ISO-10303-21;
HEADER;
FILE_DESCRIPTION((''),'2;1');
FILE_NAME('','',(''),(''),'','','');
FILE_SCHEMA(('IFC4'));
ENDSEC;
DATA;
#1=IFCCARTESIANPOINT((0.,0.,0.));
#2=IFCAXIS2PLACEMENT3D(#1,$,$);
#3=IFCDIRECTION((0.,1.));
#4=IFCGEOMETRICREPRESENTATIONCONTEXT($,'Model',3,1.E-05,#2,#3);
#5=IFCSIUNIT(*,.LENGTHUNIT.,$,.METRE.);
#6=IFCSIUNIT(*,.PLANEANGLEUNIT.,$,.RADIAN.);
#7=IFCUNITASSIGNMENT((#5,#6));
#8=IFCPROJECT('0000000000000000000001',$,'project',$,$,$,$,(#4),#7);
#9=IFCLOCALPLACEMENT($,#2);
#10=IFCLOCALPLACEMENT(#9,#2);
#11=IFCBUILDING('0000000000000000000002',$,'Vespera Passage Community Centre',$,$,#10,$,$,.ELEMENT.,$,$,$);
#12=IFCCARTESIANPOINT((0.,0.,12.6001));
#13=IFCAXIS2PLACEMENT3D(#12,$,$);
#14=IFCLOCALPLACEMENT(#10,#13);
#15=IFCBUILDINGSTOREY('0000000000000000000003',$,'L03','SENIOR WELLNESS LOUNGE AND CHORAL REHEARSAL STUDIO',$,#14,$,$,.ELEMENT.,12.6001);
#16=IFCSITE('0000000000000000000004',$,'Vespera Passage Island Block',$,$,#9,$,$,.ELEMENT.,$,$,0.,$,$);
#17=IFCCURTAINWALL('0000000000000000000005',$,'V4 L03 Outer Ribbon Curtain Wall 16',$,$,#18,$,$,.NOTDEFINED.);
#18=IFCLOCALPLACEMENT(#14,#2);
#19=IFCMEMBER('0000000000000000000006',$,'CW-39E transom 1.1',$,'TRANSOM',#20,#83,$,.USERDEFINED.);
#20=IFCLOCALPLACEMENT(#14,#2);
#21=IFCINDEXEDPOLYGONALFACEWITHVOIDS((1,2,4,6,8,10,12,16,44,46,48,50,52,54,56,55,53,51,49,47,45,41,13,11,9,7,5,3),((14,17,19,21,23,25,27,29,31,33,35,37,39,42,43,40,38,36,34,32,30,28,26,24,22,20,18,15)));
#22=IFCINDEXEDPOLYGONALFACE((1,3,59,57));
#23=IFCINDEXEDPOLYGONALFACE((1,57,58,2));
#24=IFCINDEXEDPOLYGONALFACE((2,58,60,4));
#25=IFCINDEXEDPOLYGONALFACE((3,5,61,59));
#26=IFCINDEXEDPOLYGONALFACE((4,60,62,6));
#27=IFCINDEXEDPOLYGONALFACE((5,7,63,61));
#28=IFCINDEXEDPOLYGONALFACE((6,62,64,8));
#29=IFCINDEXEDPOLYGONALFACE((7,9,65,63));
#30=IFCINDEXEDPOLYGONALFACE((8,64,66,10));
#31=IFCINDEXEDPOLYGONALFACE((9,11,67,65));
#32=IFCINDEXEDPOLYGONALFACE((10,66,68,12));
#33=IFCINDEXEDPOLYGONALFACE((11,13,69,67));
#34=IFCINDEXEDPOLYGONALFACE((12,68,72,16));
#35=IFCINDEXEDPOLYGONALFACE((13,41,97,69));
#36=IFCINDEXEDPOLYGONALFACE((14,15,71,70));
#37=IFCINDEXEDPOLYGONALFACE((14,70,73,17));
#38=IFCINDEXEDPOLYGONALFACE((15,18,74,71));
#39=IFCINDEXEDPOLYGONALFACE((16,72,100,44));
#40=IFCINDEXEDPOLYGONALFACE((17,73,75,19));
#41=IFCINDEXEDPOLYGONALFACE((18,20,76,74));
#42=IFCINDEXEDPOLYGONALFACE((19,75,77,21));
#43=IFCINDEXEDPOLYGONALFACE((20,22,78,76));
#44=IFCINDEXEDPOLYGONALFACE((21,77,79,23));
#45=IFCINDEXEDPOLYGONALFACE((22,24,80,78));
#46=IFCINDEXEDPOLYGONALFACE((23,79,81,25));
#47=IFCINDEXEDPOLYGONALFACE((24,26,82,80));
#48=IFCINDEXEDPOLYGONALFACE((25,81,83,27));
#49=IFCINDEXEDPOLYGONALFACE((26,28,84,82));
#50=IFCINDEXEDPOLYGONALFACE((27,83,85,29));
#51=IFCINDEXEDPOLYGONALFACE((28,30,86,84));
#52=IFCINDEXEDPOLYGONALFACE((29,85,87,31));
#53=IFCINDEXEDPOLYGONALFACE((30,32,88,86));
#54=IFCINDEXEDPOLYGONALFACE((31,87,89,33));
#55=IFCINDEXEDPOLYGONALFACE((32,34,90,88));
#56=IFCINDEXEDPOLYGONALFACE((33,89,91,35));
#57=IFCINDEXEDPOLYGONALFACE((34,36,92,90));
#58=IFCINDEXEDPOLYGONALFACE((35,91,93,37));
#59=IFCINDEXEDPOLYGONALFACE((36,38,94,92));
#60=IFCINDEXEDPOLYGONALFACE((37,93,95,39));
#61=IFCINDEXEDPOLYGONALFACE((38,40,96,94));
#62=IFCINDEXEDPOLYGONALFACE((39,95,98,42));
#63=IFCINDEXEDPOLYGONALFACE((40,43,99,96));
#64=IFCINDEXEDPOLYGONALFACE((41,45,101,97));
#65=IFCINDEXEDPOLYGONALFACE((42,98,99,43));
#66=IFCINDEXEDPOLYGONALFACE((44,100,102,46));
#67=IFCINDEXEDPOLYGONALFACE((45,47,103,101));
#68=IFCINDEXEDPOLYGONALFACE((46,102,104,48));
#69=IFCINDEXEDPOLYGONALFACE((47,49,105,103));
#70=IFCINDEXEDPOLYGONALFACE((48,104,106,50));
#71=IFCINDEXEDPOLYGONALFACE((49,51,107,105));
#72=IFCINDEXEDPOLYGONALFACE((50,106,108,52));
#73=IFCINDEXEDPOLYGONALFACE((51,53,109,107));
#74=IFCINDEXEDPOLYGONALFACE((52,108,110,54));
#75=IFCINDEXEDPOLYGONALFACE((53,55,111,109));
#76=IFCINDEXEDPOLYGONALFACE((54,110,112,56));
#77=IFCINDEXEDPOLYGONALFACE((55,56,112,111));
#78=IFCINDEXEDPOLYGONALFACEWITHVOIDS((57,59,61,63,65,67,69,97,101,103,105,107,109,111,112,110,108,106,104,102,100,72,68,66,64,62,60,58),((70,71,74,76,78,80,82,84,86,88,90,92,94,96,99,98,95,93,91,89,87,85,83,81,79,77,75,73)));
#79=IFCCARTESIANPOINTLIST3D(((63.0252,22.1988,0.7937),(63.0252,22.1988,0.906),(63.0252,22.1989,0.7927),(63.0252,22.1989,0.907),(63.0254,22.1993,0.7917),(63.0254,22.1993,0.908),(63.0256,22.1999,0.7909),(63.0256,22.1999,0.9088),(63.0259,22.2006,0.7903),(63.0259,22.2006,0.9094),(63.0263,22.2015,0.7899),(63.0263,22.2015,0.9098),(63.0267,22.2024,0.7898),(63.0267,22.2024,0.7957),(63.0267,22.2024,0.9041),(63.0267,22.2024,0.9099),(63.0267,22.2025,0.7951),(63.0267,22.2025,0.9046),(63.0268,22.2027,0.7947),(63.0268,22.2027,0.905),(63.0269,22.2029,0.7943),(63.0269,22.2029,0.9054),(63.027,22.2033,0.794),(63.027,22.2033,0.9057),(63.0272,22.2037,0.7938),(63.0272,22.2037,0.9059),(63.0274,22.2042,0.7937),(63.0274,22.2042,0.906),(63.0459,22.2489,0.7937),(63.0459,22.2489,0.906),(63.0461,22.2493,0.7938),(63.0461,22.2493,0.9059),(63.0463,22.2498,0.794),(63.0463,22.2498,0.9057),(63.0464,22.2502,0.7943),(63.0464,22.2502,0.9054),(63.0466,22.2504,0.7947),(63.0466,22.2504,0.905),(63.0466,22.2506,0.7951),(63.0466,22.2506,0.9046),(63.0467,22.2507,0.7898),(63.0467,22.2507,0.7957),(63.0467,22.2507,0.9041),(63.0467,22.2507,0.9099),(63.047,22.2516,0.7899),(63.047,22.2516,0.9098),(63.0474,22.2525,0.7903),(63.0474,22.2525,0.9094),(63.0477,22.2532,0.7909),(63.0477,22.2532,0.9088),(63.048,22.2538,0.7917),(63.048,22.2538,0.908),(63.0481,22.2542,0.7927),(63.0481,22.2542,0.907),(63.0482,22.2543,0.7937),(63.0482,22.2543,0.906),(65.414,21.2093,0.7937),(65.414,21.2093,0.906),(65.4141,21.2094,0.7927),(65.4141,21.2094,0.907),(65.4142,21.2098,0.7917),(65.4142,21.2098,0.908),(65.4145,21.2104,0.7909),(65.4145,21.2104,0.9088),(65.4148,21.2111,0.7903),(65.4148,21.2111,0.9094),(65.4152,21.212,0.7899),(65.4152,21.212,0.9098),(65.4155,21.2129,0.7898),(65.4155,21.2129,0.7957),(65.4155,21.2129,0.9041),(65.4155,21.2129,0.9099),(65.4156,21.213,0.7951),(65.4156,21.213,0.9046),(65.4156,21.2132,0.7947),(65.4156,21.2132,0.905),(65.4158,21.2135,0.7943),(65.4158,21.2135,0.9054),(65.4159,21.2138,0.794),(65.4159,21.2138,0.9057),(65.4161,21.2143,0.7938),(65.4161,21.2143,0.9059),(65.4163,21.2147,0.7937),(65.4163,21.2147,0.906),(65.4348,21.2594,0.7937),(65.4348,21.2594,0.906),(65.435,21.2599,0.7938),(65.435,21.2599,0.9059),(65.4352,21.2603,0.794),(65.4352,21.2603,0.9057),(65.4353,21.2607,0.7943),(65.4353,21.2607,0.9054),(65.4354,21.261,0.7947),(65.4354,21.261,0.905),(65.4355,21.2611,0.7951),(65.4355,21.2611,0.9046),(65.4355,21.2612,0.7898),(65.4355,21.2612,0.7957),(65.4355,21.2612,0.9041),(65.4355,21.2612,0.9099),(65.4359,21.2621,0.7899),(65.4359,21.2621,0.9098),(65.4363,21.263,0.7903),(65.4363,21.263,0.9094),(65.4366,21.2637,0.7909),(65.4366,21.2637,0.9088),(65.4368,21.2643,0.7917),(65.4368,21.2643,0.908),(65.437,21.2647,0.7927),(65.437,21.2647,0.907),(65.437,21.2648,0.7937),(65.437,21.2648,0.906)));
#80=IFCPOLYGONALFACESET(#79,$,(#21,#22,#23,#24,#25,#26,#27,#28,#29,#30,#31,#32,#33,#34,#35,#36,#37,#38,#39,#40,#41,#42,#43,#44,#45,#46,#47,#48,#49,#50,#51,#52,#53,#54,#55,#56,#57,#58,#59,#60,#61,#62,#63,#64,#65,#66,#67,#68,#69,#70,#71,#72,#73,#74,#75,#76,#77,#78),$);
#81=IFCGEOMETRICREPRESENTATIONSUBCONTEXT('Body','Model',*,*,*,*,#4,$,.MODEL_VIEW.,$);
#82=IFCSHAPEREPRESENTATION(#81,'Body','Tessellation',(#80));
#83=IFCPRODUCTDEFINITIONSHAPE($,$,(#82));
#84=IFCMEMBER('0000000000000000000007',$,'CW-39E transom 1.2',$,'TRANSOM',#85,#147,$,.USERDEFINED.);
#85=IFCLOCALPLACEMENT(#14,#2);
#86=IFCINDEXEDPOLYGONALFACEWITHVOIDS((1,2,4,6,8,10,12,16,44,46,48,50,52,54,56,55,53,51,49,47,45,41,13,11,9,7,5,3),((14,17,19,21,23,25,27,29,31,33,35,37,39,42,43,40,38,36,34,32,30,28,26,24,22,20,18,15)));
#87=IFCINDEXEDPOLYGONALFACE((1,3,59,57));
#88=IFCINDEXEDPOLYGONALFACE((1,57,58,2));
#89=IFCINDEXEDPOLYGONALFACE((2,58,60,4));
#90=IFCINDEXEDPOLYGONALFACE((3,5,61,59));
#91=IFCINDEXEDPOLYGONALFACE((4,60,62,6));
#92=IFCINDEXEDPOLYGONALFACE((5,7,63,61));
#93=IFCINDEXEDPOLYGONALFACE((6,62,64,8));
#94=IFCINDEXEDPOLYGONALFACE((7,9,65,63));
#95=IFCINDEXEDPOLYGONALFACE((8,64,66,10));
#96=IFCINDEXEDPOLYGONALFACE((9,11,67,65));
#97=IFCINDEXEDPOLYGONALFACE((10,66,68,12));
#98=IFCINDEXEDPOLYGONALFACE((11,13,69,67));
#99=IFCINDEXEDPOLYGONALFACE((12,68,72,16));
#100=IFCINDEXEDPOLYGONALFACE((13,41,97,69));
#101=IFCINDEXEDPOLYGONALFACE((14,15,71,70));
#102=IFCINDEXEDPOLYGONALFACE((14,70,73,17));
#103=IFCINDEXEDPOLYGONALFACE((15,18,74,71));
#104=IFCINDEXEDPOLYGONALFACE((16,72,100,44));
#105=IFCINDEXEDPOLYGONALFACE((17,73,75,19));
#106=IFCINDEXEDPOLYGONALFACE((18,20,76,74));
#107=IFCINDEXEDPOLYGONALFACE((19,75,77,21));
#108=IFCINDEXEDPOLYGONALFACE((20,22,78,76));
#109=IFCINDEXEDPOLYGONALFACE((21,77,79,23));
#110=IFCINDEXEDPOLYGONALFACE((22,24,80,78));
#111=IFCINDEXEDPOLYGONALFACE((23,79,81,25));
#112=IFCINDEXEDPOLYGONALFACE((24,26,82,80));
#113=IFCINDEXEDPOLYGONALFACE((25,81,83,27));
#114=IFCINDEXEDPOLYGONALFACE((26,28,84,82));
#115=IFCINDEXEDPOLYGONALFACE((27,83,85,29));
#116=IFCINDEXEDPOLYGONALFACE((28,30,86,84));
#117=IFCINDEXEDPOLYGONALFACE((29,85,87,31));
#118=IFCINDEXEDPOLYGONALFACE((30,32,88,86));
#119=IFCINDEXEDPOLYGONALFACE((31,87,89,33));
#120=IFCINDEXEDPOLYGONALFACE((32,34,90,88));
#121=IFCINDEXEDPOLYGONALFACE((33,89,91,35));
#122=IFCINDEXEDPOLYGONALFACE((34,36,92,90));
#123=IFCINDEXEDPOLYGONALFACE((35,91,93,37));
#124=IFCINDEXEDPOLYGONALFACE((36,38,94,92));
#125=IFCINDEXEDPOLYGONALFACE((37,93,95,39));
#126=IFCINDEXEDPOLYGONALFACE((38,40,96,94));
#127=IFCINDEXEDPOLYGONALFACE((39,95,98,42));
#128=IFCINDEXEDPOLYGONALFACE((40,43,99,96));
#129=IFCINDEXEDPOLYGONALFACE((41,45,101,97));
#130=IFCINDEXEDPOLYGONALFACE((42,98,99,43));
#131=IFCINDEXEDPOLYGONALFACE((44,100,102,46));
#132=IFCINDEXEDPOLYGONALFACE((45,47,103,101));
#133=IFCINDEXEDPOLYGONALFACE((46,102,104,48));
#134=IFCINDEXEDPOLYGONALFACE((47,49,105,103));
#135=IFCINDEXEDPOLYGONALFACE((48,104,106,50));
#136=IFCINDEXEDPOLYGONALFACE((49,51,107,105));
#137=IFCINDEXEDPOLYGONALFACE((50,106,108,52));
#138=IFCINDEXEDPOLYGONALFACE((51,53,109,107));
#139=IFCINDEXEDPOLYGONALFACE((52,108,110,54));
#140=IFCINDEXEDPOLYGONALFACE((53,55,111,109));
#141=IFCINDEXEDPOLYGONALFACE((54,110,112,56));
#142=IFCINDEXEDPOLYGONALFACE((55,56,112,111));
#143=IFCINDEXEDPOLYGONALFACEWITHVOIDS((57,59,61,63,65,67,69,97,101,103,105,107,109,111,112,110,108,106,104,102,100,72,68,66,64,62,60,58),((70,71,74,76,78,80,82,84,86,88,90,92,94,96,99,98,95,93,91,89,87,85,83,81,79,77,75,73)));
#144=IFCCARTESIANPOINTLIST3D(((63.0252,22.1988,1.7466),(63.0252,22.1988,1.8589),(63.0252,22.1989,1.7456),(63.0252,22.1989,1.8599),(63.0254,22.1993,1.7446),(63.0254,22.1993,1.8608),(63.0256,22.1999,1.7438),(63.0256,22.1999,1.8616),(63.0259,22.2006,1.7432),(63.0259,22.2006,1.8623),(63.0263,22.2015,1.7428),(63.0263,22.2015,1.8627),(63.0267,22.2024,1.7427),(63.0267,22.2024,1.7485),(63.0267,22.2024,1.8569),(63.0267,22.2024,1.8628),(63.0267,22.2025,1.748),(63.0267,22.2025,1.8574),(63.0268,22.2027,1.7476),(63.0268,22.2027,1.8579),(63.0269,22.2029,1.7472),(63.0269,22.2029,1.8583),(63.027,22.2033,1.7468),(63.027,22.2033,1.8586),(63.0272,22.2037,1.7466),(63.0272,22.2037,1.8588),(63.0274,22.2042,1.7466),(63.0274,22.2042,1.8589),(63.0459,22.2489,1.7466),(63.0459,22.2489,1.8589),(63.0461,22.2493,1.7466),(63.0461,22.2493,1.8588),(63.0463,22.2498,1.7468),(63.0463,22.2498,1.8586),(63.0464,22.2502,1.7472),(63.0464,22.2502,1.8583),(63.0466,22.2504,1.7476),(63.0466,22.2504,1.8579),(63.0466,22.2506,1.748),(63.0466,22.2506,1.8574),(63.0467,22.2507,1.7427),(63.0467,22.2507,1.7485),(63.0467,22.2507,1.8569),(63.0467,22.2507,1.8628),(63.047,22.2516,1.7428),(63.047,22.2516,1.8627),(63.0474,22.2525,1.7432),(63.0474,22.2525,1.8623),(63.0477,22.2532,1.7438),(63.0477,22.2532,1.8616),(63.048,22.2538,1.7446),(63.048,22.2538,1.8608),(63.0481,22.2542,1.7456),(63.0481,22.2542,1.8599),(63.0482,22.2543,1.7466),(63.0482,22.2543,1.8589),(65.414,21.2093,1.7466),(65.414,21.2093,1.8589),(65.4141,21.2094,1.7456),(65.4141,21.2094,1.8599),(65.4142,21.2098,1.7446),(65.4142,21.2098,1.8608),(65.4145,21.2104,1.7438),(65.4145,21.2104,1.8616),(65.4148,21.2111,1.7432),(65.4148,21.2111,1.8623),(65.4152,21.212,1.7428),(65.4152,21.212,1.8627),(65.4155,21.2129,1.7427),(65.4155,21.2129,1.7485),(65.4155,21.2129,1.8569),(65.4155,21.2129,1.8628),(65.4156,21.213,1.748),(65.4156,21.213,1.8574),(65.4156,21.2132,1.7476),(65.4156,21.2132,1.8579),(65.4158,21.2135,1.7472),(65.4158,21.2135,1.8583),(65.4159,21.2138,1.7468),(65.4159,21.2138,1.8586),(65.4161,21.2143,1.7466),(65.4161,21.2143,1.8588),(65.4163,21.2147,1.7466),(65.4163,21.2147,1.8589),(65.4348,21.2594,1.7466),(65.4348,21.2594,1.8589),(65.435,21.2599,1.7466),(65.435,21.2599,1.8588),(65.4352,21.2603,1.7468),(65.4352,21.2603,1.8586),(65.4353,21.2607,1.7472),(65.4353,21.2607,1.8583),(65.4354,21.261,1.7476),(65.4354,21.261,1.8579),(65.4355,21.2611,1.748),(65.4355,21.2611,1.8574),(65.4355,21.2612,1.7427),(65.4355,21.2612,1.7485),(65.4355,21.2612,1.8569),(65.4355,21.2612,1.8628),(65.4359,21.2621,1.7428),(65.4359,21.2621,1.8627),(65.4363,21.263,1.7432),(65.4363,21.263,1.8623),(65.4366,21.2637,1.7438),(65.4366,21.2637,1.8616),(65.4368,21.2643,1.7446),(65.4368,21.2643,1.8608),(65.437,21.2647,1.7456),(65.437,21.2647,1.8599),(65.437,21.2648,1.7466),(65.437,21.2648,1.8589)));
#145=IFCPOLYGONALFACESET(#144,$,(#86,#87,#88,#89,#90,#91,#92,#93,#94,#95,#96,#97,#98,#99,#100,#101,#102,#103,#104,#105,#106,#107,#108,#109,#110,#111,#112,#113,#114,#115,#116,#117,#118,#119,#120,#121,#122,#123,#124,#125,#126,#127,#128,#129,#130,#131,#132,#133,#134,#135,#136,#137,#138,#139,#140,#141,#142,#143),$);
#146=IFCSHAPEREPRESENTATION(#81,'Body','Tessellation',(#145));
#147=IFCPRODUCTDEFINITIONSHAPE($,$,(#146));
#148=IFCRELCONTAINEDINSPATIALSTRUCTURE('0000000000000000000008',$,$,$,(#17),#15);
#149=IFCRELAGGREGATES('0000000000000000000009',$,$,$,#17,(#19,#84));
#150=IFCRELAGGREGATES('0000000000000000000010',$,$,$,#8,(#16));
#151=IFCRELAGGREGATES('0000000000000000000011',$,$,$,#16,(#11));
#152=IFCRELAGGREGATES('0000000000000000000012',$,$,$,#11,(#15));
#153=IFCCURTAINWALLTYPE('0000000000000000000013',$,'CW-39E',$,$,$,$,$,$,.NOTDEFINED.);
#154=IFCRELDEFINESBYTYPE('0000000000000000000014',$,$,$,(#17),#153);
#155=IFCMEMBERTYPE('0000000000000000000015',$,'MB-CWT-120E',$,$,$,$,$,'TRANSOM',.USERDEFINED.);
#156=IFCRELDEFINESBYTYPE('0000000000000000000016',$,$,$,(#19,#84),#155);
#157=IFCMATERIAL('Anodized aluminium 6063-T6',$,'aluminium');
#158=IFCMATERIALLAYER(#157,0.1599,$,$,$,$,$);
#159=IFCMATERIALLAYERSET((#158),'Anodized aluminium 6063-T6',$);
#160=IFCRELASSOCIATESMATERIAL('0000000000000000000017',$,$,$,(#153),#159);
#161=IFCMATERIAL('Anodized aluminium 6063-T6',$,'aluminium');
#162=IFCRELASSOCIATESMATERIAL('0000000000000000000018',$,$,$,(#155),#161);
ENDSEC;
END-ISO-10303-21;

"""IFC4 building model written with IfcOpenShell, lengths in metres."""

from ifc_helpers import new_model, si_unit, direction, frame, origin, origin_2d, place, context, subcontext, project, spatial, hollow_rectangle, extrude, material, layer, layer_set, material_profile, profile_set, type_object, element, aggregate, save


model = new_model("IFC4")

# Units and contexts
model_context = context("Model", 3, precision=1e-05, world=origin(), true_north=direction((0.0, 1.0)))
body_context = subcontext(model_context, "Body", "Model", "MODEL_VIEW")
ifc_project = project(units=[si_unit("LENGTHUNIT", "METRE"), si_unit("PLANEANGLEUNIT", "RADIAN")], contexts=[model_context])

# Site, building, storey
site_placement = place(None, origin())
site = spatial("IfcSite", under=ifc_project, at=site_placement, Name="Vespera Passage Island Block", CompositionType="ELEMENT", RefElevation=0.0)
building_placement = place(site_placement, origin())
building = spatial("IfcBuilding", under=site, at=building_placement, Name="Vespera Passage Community Centre", CompositionType="ELEMENT")
storey_placement = place(building_placement, frame((0.0, 0.0, 12.6001)))
storey = spatial("IfcBuildingStorey", under=building, at=storey_placement, Name="L03", Description="SENIOR WELLNESS LOUNGE AND CHORAL REHEARSAL STUDIO", CompositionType="ELEMENT", Elevation=12.6001)

# Curtain wall, members
ifc_material_1 = material(Name="Anodized aluminium 6063-T6", Category="aluminium")
ifc_layer_1 = layer(ifc_material_1, 0.1599)
ifc_layer_set_1 = layer_set([ifc_layer_1], Name="Anodized aluminium 6063-T6")
curtain_wall_type = type_object("IfcCurtainWallType", Name="CW-39E", PredefinedType="NOTDEFINED", material=ifc_layer_set_1)
curtain_wall_placement = place(storey_placement, origin())
curtain_wall = element("IfcCurtainWall", 1, at=curtain_wall_placement, inside=storey, type_object=curtain_wall_type, Name="V4 L03 Outer Ribbon Curtain Wall 16", PredefinedType="NOTDEFINED")
ifc_material_2 = material(Name="Anodized aluminium 6063-T6", Category="aluminium")
ifc_material_profile_1 = material_profile(ifc_material_2, hollow_rectangle(XDim=0.0601, YDim=0.1201, WallThickness=0.0039, InnerFilletRadius=0.002, OuterFilletRadius=0.0039, at=origin_2d()), Name="ALU120X60X4")
ifc_profile_set_1 = profile_set([ifc_material_profile_1], Name="Anodized aluminium 6063-T6")
member_type_1 = type_object("IfcMemberType", Name="MB-CWT-120E", ElementType="TRANSOM", PredefinedType="USERDEFINED", material=ifc_profile_set_1)
member_1_placement = place(storey_placement, frame((65.4255, 21.2371, 0.8499), z_axis=(-0.923882, 0.382677, 0.0), x_axis=(-0.382677, -0.923882, 0.0)))
member_1 = element("IfcMember", 2, at=member_1_placement, type_object=member_type_1, Name="CW-39E transom 1.1", ObjectType="TRANSOM", PredefinedType="USERDEFINED", context=body_context, shape_type="SweptSolid", body=[
    extrude(hollow_rectangle(XDim=0.0601, YDim=0.1201, WallThickness=0.0039, InnerFilletRadius=0.002, OuterFilletRadius=0.0039, at=origin_2d()), origin(), (0.0, 0.0, 1.0), 2.5857),
])
member_2_placement = place(storey_placement, frame((65.4255, 21.2371, 1.8027), z_axis=(-0.923882, 0.382677, 0.0), x_axis=(-0.382677, -0.923882, 0.0)))
member_2 = element("IfcMember", 3, at=member_2_placement, type_object=member_type_1, Name="CW-39E transom 1.2", ObjectType="TRANSOM", PredefinedType="USERDEFINED", context=body_context, shape_type="SweptSolid", body=[
    extrude(hollow_rectangle(XDim=0.0601, YDim=0.1201, WallThickness=0.0039, InnerFilletRadius=0.002, OuterFilletRadius=0.0039, at=origin_2d()), origin(), (0.0, 0.0, 1.0), 2.5857),
])
aggregate(curtain_wall, [member_1, member_2])

save(model, "model.ifc")
